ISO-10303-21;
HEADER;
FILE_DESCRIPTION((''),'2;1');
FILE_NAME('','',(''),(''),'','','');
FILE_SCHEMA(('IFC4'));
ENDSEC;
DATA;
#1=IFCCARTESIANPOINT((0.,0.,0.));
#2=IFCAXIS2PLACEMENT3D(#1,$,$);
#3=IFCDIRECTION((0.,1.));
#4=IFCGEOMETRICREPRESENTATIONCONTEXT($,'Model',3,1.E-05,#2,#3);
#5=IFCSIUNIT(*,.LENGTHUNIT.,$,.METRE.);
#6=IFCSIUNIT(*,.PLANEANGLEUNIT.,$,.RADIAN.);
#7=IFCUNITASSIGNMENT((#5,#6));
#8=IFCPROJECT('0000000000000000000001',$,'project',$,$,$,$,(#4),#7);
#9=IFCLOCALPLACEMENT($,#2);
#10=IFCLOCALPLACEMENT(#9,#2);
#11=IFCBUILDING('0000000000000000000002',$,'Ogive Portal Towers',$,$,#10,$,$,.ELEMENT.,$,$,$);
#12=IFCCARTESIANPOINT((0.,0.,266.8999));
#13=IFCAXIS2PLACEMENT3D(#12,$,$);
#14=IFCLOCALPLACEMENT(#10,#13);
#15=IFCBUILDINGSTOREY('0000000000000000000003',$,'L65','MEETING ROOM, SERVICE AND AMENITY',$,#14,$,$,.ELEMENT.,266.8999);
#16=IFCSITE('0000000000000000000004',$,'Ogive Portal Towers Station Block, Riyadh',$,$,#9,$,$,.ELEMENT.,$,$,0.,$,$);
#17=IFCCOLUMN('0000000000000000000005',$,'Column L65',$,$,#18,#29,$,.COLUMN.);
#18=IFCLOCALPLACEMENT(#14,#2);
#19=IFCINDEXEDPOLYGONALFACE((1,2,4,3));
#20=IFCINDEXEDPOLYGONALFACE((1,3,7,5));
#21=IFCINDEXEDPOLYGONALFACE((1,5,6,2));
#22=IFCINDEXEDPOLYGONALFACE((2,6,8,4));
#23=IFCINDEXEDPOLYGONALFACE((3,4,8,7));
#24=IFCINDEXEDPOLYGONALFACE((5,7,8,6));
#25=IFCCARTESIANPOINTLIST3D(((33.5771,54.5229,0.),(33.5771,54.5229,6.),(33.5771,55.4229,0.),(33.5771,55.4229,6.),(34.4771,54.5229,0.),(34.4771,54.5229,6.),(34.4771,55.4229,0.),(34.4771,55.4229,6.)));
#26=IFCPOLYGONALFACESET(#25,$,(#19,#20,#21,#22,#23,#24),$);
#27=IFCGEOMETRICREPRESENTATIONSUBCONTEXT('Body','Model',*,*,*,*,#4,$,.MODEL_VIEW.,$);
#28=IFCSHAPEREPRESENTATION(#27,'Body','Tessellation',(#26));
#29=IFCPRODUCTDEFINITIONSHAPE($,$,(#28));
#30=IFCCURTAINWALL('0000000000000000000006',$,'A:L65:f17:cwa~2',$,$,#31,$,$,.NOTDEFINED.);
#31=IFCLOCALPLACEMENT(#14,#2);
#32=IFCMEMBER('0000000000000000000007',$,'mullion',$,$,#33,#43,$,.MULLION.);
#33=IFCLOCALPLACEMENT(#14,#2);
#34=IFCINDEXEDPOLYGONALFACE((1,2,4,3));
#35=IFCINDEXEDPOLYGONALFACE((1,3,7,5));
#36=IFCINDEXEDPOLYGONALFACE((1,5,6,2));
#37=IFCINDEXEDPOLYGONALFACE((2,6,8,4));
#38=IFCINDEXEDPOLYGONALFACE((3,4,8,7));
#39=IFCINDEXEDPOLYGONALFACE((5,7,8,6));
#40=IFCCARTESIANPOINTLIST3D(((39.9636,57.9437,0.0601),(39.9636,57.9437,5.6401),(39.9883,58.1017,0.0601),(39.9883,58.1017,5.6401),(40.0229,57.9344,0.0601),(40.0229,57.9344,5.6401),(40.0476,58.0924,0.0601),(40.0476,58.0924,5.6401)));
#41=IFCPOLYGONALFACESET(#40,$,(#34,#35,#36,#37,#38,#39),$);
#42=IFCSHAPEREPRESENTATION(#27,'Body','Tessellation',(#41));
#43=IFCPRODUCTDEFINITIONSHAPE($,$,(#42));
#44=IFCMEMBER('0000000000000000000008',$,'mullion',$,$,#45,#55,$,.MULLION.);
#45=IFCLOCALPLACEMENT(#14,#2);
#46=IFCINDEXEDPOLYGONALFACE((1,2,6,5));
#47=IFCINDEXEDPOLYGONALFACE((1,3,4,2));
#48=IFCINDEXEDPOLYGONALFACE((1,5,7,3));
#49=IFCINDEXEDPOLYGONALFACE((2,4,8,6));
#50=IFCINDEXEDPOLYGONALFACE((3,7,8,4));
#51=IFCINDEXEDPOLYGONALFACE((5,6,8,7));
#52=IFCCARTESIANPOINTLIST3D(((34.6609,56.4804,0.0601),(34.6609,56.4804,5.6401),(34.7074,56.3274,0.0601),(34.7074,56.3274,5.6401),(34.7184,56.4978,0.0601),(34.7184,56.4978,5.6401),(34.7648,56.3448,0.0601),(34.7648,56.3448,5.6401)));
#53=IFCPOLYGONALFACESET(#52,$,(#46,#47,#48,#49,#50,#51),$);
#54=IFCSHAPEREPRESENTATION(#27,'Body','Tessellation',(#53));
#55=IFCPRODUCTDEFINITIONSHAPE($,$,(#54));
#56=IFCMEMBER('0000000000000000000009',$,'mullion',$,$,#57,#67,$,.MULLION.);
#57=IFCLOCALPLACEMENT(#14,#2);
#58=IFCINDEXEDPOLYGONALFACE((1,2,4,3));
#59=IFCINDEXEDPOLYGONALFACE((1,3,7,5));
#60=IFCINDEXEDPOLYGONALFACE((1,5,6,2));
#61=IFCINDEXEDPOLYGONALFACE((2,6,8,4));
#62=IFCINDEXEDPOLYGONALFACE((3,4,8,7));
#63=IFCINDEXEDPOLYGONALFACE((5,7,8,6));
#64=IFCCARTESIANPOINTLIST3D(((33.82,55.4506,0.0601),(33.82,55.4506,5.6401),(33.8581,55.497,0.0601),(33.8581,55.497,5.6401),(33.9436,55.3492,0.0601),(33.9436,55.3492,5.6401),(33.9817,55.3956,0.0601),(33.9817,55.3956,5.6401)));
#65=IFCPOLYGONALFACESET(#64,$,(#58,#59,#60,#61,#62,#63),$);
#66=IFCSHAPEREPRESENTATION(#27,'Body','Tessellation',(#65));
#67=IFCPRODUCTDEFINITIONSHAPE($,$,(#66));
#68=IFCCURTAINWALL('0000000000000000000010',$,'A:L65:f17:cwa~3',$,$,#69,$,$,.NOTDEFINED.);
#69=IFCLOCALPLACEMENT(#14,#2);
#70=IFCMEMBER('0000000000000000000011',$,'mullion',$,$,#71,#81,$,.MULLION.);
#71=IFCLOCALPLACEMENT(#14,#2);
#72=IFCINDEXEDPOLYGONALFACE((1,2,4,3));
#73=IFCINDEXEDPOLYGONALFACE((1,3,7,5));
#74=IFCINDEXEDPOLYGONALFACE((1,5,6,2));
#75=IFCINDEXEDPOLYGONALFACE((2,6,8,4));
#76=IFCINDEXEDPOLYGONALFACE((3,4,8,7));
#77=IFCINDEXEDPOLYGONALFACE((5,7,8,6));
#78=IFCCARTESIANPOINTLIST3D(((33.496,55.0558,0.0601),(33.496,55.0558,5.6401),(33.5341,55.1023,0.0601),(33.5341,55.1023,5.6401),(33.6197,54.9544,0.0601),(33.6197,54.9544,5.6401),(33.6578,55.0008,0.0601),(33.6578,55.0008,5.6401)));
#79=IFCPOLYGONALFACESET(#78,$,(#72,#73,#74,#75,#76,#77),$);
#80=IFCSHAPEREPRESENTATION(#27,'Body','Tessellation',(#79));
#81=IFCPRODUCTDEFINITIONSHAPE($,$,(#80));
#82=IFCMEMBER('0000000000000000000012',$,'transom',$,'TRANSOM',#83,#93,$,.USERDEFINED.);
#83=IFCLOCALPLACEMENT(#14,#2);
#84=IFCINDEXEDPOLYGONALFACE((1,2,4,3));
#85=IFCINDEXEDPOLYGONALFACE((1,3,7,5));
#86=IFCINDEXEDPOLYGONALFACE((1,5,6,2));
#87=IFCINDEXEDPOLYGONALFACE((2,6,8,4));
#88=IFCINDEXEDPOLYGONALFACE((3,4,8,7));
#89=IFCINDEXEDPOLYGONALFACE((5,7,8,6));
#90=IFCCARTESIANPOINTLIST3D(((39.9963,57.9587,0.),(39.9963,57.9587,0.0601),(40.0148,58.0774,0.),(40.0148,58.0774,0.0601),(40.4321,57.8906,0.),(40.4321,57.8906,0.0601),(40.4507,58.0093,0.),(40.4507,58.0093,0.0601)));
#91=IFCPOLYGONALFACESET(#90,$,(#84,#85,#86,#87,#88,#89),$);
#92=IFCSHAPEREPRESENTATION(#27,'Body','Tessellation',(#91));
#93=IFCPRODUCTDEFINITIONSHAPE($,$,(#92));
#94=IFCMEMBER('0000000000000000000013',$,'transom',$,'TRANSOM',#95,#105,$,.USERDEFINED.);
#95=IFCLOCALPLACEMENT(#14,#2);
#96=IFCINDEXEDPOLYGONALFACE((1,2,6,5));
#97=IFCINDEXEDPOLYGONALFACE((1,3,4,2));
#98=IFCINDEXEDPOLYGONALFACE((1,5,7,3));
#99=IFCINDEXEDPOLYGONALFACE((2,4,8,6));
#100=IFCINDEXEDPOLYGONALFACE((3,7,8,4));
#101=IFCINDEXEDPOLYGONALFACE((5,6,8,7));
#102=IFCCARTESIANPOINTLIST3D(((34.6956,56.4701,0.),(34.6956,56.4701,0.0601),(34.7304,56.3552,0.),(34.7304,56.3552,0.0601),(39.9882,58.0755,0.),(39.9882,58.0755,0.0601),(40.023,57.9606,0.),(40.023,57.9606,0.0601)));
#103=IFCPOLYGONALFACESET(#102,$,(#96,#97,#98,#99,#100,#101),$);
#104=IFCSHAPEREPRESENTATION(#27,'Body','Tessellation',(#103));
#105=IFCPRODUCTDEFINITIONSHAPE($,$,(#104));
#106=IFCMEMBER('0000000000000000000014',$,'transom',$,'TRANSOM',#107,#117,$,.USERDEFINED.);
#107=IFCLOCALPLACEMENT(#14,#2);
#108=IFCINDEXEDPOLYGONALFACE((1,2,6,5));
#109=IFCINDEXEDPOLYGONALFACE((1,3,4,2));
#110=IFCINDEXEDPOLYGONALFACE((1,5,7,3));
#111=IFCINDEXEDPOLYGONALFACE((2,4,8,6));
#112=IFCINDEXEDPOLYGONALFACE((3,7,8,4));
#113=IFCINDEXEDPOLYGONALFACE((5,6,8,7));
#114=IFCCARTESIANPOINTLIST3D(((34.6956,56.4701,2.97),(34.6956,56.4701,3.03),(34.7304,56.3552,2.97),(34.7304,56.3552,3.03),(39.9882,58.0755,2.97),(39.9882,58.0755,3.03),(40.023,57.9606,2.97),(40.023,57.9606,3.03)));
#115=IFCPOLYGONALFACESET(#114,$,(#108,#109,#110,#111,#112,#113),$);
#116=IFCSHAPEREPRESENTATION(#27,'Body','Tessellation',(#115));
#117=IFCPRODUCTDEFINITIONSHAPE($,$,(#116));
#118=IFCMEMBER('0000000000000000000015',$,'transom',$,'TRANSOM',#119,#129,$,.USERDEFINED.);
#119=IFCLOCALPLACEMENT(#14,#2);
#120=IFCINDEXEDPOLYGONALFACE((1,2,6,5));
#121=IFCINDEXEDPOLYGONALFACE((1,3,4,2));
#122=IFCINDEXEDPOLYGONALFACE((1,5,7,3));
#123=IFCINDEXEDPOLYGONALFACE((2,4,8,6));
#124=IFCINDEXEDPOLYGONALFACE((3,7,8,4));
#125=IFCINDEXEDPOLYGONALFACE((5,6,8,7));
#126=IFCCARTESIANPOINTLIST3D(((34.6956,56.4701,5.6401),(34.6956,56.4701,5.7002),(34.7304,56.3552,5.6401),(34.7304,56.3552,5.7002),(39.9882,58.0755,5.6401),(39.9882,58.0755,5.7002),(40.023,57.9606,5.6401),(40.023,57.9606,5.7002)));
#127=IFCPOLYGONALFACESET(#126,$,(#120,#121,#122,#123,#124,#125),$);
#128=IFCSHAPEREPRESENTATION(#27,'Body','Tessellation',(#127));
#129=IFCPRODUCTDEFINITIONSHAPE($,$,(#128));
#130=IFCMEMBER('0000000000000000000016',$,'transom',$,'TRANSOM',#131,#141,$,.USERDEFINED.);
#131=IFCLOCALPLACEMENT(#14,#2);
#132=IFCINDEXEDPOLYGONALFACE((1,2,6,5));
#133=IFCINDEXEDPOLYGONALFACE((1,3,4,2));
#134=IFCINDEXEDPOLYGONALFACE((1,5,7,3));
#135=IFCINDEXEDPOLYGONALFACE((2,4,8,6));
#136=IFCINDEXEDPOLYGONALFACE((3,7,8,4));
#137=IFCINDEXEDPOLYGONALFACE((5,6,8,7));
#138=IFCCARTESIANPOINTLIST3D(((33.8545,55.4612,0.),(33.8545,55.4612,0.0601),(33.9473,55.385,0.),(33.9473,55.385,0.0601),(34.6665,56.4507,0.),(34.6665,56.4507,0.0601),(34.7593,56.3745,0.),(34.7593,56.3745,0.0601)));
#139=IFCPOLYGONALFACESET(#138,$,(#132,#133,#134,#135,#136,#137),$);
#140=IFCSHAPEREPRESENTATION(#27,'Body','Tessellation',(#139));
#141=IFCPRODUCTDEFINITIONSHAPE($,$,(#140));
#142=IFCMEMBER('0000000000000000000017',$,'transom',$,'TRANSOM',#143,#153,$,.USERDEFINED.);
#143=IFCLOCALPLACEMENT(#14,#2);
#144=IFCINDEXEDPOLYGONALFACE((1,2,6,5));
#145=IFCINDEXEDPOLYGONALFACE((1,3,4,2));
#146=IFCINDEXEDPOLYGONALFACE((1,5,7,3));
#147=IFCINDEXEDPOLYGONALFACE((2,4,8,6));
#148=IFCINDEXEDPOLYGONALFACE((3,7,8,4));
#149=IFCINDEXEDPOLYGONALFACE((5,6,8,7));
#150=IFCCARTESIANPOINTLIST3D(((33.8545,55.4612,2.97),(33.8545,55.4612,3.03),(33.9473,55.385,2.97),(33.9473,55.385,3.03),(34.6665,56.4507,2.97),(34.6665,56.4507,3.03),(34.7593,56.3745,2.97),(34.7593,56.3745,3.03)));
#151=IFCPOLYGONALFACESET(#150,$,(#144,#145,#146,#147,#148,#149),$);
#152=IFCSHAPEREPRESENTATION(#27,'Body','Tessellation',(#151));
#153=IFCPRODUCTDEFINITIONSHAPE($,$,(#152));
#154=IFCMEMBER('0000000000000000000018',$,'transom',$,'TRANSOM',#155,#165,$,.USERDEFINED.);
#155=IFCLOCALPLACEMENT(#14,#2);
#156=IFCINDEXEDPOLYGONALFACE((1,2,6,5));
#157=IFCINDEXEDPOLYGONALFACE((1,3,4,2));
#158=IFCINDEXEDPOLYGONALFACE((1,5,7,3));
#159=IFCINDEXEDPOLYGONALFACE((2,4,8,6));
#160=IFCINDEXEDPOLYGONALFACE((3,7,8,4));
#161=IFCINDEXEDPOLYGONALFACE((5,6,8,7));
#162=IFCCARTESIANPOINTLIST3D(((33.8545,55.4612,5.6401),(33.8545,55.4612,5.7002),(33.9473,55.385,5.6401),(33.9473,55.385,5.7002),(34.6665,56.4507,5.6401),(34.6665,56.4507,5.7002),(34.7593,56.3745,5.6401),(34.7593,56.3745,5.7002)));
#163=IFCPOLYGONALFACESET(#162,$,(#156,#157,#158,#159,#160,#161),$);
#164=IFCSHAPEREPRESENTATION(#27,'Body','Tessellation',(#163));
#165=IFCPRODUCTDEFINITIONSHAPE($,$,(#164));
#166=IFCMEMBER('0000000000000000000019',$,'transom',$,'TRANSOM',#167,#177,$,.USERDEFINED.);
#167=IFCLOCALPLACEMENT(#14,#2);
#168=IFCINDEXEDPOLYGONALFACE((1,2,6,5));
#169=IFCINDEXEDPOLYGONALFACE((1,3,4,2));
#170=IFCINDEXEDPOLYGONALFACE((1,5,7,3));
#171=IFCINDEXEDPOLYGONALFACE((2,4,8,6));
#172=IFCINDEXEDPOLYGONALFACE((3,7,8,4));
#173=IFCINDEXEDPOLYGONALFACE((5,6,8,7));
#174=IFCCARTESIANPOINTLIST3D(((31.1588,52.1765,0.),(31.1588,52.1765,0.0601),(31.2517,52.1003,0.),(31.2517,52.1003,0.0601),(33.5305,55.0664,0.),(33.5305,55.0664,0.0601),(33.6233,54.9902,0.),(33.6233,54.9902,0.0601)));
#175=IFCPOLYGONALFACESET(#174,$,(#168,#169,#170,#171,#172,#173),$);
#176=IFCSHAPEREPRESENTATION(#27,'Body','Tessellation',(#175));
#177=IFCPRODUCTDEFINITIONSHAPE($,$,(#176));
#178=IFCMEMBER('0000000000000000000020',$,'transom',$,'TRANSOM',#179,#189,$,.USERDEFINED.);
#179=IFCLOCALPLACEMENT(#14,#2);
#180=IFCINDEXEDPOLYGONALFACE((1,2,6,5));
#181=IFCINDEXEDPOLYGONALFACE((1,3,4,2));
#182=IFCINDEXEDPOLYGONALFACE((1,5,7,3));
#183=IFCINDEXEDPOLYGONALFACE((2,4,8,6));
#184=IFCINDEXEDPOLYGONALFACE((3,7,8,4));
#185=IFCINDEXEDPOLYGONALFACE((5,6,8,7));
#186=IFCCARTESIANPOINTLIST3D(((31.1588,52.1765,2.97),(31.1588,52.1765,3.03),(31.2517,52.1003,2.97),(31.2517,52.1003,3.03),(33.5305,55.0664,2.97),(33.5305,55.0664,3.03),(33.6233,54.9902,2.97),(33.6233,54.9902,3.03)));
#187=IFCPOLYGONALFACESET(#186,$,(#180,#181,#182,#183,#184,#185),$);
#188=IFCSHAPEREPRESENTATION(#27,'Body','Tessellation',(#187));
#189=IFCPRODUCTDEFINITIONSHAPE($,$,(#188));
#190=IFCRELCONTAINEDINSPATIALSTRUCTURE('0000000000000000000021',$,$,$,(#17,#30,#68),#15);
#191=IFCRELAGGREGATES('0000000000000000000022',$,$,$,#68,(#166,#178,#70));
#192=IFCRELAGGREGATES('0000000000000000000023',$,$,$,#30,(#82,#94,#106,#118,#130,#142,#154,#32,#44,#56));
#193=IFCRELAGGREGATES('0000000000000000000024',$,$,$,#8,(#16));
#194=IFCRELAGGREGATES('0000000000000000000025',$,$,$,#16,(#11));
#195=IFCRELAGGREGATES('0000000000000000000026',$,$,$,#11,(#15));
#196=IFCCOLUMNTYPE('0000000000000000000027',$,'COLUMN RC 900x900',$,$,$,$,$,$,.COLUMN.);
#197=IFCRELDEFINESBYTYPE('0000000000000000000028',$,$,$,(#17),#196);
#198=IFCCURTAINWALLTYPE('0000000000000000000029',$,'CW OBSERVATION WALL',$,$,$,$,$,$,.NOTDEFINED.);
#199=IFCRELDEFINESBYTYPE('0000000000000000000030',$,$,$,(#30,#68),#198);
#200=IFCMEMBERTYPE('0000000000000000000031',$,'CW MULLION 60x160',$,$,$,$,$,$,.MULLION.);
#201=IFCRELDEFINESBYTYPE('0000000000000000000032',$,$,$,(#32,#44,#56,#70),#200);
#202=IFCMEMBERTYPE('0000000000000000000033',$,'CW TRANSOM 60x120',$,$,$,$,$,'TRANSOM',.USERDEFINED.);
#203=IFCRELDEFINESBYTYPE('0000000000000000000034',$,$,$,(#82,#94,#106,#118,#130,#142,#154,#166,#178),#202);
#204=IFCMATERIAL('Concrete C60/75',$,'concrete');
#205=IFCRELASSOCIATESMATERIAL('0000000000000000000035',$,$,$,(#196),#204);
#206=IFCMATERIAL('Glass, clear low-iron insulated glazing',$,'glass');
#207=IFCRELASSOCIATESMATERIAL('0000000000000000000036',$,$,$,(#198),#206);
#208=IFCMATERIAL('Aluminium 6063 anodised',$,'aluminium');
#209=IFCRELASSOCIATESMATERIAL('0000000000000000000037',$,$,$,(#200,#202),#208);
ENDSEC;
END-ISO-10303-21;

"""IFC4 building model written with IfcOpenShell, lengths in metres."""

from ifc_helpers import new_model, si_unit, direction, frame, origin, origin_2d, place, context, subcontext, project, spatial, rectangle, extrude, material, material_profile, profile_set, type_object, element, aggregate, save


model = new_model("IFC4")

# Units and contexts
model_context = context("Model", 3, precision=1e-05, world=origin(), true_north=direction((0.0, 1.0)))
body_context = subcontext(model_context, "Body", "Model", "MODEL_VIEW")
ifc_project = project(units=[si_unit("LENGTHUNIT", "METRE"), si_unit("PLANEANGLEUNIT", "RADIAN")], contexts=[model_context])

# Site, building, storey
site_placement = place(None, origin())
site = spatial("IfcSite", under=ifc_project, at=site_placement, Name="Ogive Portal Towers Station Block, Riyadh", CompositionType="ELEMENT", RefElevation=0.0)
building_placement = place(site_placement, origin())
building = spatial("IfcBuilding", under=site, at=building_placement, Name="Ogive Portal Towers", CompositionType="ELEMENT")
storey_placement = place(building_placement, frame((0.0, 0.0, 266.8999)))
storey = spatial("IfcBuildingStorey", under=building, at=storey_placement, Name="L65", Description="MEETING ROOM, SERVICE AND AMENITY", CompositionType="ELEMENT", Elevation=266.8999)

# Column
ifc_material_1 = material(Name="Concrete C60/75", Category="concrete")
ifc_material_profile_1 = material_profile(ifc_material_1, rectangle(XDim=0.8999, YDim=0.8999, at=origin_2d()), Name="RC 900x900")
ifc_profile_set_1 = profile_set([ifc_material_profile_1], Name="Concrete C60/75")
column_type = type_object("IfcColumnType", Name="COLUMN RC 900x900", PredefinedType="COLUMN", material=ifc_profile_set_1)
column_placement = place(storey_placement, frame((34.0271, 54.9729, 0.0), z_axis=(0.0, 0.0, 1.0), x_axis=(1.0, 0.0, 0.0)))
element("IfcColumn", 1, at=column_placement, inside=storey, type_object=column_type, Name="Column L65", PredefinedType="COLUMN", context=body_context, shape_type="SweptSolid", body=[
    extrude(rectangle(XDim=0.8999, YDim=0.8999, at=origin_2d()), origin(), (0.0, 0.0, 1.0), 6.0),
])

# Curtain wall, members
ifc_material_2 = material(Name="Glass, clear low-iron insulated glazing", Category="glass")
curtain_wall_type = type_object("IfcCurtainWallType", Name="CW OBSERVATION WALL", PredefinedType="NOTDEFINED", material=ifc_material_2)
curtain_wall_1_placement = place(storey_placement, origin())
curtain_wall_1 = element("IfcCurtainWall", 2, at=curtain_wall_1_placement, inside=storey, type_object=curtain_wall_type, Name="A:L65:f17:cwa~2", PredefinedType="NOTDEFINED")
ifc_material_3 = material(Name="Aluminium 6063 anodised", Category="aluminium")
ifc_material_profile_2 = material_profile(ifc_material_3, rectangle(XDim=0.1599, YDim=0.0601, at=origin_2d()), Name="AL 60x160")
ifc_profile_set_2 = profile_set([ifc_material_profile_2], Name="Aluminium 6063 anodised")
member_type_1 = type_object("IfcMemberType", Name="CW MULLION 60x160", PredefinedType="MULLION", material=ifc_profile_set_2)
member_1_placement = place(storey_placement, frame((40.0056, 58.0181, 0.0601), z_axis=(0.0, 0.0, 1.0), x_axis=(-0.154476, -0.987997, 0.0)))
member_1 = element("IfcMember", 3, at=member_1_placement, type_object=member_type_1, Name="mullion", PredefinedType="MULLION", context=body_context, shape_type="SweptSolid", body=[
    extrude(rectangle(XDim=0.1599, YDim=0.0601, at=origin_2d()), origin(), (0.0, 0.0, 1.0), 5.5801),
])
member_2_placement = place(storey_placement, frame((34.7129, 56.4126, 0.0601), z_axis=(0.0, 0.0, 1.0), x_axis=(0.290285, -0.95694, 0.0)))
member_2 = element("IfcMember", 4, at=member_2_placement, type_object=member_type_1, Name="mullion", PredefinedType="MULLION", context=body_context, shape_type="SweptSolid", body=[
    extrude(rectangle(XDim=0.1599, YDim=0.0601, at=origin_2d()), origin(), (0.0, 0.0, 1.0), 5.5801),
])
member_3_placement = place(storey_placement, frame((33.9009, 55.4231, 0.0601), z_axis=(0.0, 0.0, 1.0), x_axis=(0.77301, -0.634393, 0.0)))
member_3 = element("IfcMember", 5, at=member_3_placement, type_object=member_type_1, Name="mullion", PredefinedType="MULLION", context=body_context, shape_type="SweptSolid", body=[
    extrude(rectangle(XDim=0.1599, YDim=0.0601, at=origin_2d()), origin(), (0.0, 0.0, 1.0), 5.5801),
])

# Curtain wall, member
curtain_wall_2_placement = place(storey_placement, origin())
curtain_wall_2 = element("IfcCurtainWall", 6, at=curtain_wall_2_placement, inside=storey, type_object=curtain_wall_type, Name="A:L65:f17:cwa~3", PredefinedType="NOTDEFINED")
member_4_placement = place(storey_placement, frame((33.5769, 55.0283, 0.0601), z_axis=(0.0, 0.0, 1.0), x_axis=(0.77301, -0.634393, 0.0)))
member_4 = element("IfcMember", 7, at=member_4_placement, type_object=member_type_1, Name="mullion", PredefinedType="MULLION", context=body_context, shape_type="SweptSolid", body=[
    extrude(rectangle(XDim=0.1599, YDim=0.0601, at=origin_2d()), origin(), (0.0, 0.0, 1.0), 5.5801),
])

# Members
ifc_material_profile_3 = material_profile(ifc_material_3, rectangle(XDim=0.1201, YDim=0.0601, at=origin_2d()), Name="AL 120x60")
ifc_profile_set_3 = profile_set([ifc_material_profile_3], Name="Aluminium 6063 anodised")
member_type_2 = type_object("IfcMemberType", Name="CW TRANSOM 60x120", ElementType="TRANSOM", PredefinedType="USERDEFINED", material=ifc_profile_set_3)
member_5_placement = place(storey_placement, frame((40.4414, 57.95, 0.03), z_axis=(-0.988004, 0.154428, 0.0), x_axis=(-0.154428, -0.988004, 0.0)))
member_5 = element("IfcMember", 8, at=member_5_placement, type_object=member_type_2, Name="transom", ObjectType="TRANSOM", PredefinedType="USERDEFINED", context=body_context, shape_type="SweptSolid", body=[
    extrude(rectangle(XDim=0.1201, YDim=0.0601, at=origin_2d()), origin(), (0.0, 0.0, 1.0), 0.4412),
])
member_6_placement = place(storey_placement, frame((40.0056, 58.0181, 0.03), z_axis=(-0.956943, -0.290274, 0.0), x_axis=(0.290274, -0.956943, 0.0)))
member_6 = element("IfcMember", 9, at=member_6_placement, type_object=member_type_2, Name="transom", ObjectType="TRANSOM", PredefinedType="USERDEFINED", context=body_context, shape_type="SweptSolid", body=[
    extrude(rectangle(XDim=0.1201, YDim=0.0601, at=origin_2d()), origin(), (0.0, 0.0, 1.0), 5.5308),
])
member_7_placement = place(storey_placement, frame((40.0056, 58.0181, 3.0), z_axis=(-0.956943, -0.290274, 0.0), x_axis=(0.290274, -0.956943, 0.0)))
member_7 = element("IfcMember", 10, at=member_7_placement, type_object=member_type_2, Name="transom", ObjectType="TRANSOM", PredefinedType="USERDEFINED", context=body_context, shape_type="SweptSolid", body=[
    extrude(rectangle(XDim=0.1201, YDim=0.0601, at=origin_2d()), origin(), (0.0, 0.0, 1.0), 5.5308),
])
member_8_placement = place(storey_placement, frame((40.0056, 58.0181, 5.6702), z_axis=(-0.956943, -0.290274, 0.0), x_axis=(0.290274, -0.956943, 0.0)))
member_8 = element("IfcMember", 11, at=member_8_placement, type_object=member_type_2, Name="transom", ObjectType="TRANSOM", PredefinedType="USERDEFINED", context=body_context, shape_type="SweptSolid", body=[
    extrude(rectangle(XDim=0.1201, YDim=0.0601, at=origin_2d()), origin(), (0.0, 0.0, 1.0), 5.5308),
])
member_9_placement = place(storey_placement, frame((34.7129, 56.4126, 0.03), z_axis=(-0.634369, -0.77303, 0.0), x_axis=(0.77303, -0.634369, 0.0)))
member_9 = element("IfcMember", 12, at=member_9_placement, type_object=member_type_2, Name="transom", ObjectType="TRANSOM", PredefinedType="USERDEFINED", context=body_context, shape_type="SweptSolid", body=[
    extrude(rectangle(XDim=0.1201, YDim=0.0601, at=origin_2d()), origin(), (0.0, 0.0, 1.0), 1.28),
])
member_10_placement = place(storey_placement, frame((34.7129, 56.4126, 3.0), z_axis=(-0.634369, -0.77303, 0.0), x_axis=(0.77303, -0.634369, 0.0)))
member_10 = element("IfcMember", 13, at=member_10_placement, type_object=member_type_2, Name="transom", ObjectType="TRANSOM", PredefinedType="USERDEFINED", context=body_context, shape_type="SweptSolid", body=[
    extrude(rectangle(XDim=0.1201, YDim=0.0601, at=origin_2d()), origin(), (0.0, 0.0, 1.0), 1.28),
])
member_11_placement = place(storey_placement, frame((34.7129, 56.4126, 5.6702), z_axis=(-0.634369, -0.77303, 0.0), x_axis=(0.77303, -0.634369, 0.0)))
member_11 = element("IfcMember", 14, at=member_11_placement, type_object=member_type_2, Name="transom", ObjectType="TRANSOM", PredefinedType="USERDEFINED", context=body_context, shape_type="SweptSolid", body=[
    extrude(rectangle(XDim=0.1201, YDim=0.0601, at=origin_2d()), origin(), (0.0, 0.0, 1.0), 1.28),
])
member_12_placement = place(storey_placement, frame((33.5769, 55.0283, 0.03), z_axis=(-0.634379, -0.773022, 0.0), x_axis=(0.773022, -0.634379, 0.0)))
member_12 = element("IfcMember", 15, at=member_12_placement, type_object=member_type_2, Name="transom", ObjectType="TRANSOM", PredefinedType="USERDEFINED", context=body_context, shape_type="SweptSolid", body=[
    extrude(rectangle(XDim=0.1201, YDim=0.0601, at=origin_2d()), origin(), (0.0, 0.0, 1.0), 3.7385),
])
member_13_placement = place(storey_placement, frame((33.5769, 55.0283, 3.0), z_axis=(-0.634379, -0.773022, 0.0), x_axis=(0.773022, -0.634379, 0.0)))
member_13 = element("IfcMember", 16, at=member_13_placement, type_object=member_type_2, Name="transom", ObjectType="TRANSOM", PredefinedType="USERDEFINED", context=body_context, shape_type="SweptSolid", body=[
    extrude(rectangle(XDim=0.1201, YDim=0.0601, at=origin_2d()), origin(), (0.0, 0.0, 1.0), 3.7385),
])
aggregate(curtain_wall_2, [member_12, member_13, member_4])

aggregate(curtain_wall_1, [member_5, member_6, member_7, member_8, member_9, member_10, member_11, member_1, member_2, member_3])

save(model, "model.ifc")
